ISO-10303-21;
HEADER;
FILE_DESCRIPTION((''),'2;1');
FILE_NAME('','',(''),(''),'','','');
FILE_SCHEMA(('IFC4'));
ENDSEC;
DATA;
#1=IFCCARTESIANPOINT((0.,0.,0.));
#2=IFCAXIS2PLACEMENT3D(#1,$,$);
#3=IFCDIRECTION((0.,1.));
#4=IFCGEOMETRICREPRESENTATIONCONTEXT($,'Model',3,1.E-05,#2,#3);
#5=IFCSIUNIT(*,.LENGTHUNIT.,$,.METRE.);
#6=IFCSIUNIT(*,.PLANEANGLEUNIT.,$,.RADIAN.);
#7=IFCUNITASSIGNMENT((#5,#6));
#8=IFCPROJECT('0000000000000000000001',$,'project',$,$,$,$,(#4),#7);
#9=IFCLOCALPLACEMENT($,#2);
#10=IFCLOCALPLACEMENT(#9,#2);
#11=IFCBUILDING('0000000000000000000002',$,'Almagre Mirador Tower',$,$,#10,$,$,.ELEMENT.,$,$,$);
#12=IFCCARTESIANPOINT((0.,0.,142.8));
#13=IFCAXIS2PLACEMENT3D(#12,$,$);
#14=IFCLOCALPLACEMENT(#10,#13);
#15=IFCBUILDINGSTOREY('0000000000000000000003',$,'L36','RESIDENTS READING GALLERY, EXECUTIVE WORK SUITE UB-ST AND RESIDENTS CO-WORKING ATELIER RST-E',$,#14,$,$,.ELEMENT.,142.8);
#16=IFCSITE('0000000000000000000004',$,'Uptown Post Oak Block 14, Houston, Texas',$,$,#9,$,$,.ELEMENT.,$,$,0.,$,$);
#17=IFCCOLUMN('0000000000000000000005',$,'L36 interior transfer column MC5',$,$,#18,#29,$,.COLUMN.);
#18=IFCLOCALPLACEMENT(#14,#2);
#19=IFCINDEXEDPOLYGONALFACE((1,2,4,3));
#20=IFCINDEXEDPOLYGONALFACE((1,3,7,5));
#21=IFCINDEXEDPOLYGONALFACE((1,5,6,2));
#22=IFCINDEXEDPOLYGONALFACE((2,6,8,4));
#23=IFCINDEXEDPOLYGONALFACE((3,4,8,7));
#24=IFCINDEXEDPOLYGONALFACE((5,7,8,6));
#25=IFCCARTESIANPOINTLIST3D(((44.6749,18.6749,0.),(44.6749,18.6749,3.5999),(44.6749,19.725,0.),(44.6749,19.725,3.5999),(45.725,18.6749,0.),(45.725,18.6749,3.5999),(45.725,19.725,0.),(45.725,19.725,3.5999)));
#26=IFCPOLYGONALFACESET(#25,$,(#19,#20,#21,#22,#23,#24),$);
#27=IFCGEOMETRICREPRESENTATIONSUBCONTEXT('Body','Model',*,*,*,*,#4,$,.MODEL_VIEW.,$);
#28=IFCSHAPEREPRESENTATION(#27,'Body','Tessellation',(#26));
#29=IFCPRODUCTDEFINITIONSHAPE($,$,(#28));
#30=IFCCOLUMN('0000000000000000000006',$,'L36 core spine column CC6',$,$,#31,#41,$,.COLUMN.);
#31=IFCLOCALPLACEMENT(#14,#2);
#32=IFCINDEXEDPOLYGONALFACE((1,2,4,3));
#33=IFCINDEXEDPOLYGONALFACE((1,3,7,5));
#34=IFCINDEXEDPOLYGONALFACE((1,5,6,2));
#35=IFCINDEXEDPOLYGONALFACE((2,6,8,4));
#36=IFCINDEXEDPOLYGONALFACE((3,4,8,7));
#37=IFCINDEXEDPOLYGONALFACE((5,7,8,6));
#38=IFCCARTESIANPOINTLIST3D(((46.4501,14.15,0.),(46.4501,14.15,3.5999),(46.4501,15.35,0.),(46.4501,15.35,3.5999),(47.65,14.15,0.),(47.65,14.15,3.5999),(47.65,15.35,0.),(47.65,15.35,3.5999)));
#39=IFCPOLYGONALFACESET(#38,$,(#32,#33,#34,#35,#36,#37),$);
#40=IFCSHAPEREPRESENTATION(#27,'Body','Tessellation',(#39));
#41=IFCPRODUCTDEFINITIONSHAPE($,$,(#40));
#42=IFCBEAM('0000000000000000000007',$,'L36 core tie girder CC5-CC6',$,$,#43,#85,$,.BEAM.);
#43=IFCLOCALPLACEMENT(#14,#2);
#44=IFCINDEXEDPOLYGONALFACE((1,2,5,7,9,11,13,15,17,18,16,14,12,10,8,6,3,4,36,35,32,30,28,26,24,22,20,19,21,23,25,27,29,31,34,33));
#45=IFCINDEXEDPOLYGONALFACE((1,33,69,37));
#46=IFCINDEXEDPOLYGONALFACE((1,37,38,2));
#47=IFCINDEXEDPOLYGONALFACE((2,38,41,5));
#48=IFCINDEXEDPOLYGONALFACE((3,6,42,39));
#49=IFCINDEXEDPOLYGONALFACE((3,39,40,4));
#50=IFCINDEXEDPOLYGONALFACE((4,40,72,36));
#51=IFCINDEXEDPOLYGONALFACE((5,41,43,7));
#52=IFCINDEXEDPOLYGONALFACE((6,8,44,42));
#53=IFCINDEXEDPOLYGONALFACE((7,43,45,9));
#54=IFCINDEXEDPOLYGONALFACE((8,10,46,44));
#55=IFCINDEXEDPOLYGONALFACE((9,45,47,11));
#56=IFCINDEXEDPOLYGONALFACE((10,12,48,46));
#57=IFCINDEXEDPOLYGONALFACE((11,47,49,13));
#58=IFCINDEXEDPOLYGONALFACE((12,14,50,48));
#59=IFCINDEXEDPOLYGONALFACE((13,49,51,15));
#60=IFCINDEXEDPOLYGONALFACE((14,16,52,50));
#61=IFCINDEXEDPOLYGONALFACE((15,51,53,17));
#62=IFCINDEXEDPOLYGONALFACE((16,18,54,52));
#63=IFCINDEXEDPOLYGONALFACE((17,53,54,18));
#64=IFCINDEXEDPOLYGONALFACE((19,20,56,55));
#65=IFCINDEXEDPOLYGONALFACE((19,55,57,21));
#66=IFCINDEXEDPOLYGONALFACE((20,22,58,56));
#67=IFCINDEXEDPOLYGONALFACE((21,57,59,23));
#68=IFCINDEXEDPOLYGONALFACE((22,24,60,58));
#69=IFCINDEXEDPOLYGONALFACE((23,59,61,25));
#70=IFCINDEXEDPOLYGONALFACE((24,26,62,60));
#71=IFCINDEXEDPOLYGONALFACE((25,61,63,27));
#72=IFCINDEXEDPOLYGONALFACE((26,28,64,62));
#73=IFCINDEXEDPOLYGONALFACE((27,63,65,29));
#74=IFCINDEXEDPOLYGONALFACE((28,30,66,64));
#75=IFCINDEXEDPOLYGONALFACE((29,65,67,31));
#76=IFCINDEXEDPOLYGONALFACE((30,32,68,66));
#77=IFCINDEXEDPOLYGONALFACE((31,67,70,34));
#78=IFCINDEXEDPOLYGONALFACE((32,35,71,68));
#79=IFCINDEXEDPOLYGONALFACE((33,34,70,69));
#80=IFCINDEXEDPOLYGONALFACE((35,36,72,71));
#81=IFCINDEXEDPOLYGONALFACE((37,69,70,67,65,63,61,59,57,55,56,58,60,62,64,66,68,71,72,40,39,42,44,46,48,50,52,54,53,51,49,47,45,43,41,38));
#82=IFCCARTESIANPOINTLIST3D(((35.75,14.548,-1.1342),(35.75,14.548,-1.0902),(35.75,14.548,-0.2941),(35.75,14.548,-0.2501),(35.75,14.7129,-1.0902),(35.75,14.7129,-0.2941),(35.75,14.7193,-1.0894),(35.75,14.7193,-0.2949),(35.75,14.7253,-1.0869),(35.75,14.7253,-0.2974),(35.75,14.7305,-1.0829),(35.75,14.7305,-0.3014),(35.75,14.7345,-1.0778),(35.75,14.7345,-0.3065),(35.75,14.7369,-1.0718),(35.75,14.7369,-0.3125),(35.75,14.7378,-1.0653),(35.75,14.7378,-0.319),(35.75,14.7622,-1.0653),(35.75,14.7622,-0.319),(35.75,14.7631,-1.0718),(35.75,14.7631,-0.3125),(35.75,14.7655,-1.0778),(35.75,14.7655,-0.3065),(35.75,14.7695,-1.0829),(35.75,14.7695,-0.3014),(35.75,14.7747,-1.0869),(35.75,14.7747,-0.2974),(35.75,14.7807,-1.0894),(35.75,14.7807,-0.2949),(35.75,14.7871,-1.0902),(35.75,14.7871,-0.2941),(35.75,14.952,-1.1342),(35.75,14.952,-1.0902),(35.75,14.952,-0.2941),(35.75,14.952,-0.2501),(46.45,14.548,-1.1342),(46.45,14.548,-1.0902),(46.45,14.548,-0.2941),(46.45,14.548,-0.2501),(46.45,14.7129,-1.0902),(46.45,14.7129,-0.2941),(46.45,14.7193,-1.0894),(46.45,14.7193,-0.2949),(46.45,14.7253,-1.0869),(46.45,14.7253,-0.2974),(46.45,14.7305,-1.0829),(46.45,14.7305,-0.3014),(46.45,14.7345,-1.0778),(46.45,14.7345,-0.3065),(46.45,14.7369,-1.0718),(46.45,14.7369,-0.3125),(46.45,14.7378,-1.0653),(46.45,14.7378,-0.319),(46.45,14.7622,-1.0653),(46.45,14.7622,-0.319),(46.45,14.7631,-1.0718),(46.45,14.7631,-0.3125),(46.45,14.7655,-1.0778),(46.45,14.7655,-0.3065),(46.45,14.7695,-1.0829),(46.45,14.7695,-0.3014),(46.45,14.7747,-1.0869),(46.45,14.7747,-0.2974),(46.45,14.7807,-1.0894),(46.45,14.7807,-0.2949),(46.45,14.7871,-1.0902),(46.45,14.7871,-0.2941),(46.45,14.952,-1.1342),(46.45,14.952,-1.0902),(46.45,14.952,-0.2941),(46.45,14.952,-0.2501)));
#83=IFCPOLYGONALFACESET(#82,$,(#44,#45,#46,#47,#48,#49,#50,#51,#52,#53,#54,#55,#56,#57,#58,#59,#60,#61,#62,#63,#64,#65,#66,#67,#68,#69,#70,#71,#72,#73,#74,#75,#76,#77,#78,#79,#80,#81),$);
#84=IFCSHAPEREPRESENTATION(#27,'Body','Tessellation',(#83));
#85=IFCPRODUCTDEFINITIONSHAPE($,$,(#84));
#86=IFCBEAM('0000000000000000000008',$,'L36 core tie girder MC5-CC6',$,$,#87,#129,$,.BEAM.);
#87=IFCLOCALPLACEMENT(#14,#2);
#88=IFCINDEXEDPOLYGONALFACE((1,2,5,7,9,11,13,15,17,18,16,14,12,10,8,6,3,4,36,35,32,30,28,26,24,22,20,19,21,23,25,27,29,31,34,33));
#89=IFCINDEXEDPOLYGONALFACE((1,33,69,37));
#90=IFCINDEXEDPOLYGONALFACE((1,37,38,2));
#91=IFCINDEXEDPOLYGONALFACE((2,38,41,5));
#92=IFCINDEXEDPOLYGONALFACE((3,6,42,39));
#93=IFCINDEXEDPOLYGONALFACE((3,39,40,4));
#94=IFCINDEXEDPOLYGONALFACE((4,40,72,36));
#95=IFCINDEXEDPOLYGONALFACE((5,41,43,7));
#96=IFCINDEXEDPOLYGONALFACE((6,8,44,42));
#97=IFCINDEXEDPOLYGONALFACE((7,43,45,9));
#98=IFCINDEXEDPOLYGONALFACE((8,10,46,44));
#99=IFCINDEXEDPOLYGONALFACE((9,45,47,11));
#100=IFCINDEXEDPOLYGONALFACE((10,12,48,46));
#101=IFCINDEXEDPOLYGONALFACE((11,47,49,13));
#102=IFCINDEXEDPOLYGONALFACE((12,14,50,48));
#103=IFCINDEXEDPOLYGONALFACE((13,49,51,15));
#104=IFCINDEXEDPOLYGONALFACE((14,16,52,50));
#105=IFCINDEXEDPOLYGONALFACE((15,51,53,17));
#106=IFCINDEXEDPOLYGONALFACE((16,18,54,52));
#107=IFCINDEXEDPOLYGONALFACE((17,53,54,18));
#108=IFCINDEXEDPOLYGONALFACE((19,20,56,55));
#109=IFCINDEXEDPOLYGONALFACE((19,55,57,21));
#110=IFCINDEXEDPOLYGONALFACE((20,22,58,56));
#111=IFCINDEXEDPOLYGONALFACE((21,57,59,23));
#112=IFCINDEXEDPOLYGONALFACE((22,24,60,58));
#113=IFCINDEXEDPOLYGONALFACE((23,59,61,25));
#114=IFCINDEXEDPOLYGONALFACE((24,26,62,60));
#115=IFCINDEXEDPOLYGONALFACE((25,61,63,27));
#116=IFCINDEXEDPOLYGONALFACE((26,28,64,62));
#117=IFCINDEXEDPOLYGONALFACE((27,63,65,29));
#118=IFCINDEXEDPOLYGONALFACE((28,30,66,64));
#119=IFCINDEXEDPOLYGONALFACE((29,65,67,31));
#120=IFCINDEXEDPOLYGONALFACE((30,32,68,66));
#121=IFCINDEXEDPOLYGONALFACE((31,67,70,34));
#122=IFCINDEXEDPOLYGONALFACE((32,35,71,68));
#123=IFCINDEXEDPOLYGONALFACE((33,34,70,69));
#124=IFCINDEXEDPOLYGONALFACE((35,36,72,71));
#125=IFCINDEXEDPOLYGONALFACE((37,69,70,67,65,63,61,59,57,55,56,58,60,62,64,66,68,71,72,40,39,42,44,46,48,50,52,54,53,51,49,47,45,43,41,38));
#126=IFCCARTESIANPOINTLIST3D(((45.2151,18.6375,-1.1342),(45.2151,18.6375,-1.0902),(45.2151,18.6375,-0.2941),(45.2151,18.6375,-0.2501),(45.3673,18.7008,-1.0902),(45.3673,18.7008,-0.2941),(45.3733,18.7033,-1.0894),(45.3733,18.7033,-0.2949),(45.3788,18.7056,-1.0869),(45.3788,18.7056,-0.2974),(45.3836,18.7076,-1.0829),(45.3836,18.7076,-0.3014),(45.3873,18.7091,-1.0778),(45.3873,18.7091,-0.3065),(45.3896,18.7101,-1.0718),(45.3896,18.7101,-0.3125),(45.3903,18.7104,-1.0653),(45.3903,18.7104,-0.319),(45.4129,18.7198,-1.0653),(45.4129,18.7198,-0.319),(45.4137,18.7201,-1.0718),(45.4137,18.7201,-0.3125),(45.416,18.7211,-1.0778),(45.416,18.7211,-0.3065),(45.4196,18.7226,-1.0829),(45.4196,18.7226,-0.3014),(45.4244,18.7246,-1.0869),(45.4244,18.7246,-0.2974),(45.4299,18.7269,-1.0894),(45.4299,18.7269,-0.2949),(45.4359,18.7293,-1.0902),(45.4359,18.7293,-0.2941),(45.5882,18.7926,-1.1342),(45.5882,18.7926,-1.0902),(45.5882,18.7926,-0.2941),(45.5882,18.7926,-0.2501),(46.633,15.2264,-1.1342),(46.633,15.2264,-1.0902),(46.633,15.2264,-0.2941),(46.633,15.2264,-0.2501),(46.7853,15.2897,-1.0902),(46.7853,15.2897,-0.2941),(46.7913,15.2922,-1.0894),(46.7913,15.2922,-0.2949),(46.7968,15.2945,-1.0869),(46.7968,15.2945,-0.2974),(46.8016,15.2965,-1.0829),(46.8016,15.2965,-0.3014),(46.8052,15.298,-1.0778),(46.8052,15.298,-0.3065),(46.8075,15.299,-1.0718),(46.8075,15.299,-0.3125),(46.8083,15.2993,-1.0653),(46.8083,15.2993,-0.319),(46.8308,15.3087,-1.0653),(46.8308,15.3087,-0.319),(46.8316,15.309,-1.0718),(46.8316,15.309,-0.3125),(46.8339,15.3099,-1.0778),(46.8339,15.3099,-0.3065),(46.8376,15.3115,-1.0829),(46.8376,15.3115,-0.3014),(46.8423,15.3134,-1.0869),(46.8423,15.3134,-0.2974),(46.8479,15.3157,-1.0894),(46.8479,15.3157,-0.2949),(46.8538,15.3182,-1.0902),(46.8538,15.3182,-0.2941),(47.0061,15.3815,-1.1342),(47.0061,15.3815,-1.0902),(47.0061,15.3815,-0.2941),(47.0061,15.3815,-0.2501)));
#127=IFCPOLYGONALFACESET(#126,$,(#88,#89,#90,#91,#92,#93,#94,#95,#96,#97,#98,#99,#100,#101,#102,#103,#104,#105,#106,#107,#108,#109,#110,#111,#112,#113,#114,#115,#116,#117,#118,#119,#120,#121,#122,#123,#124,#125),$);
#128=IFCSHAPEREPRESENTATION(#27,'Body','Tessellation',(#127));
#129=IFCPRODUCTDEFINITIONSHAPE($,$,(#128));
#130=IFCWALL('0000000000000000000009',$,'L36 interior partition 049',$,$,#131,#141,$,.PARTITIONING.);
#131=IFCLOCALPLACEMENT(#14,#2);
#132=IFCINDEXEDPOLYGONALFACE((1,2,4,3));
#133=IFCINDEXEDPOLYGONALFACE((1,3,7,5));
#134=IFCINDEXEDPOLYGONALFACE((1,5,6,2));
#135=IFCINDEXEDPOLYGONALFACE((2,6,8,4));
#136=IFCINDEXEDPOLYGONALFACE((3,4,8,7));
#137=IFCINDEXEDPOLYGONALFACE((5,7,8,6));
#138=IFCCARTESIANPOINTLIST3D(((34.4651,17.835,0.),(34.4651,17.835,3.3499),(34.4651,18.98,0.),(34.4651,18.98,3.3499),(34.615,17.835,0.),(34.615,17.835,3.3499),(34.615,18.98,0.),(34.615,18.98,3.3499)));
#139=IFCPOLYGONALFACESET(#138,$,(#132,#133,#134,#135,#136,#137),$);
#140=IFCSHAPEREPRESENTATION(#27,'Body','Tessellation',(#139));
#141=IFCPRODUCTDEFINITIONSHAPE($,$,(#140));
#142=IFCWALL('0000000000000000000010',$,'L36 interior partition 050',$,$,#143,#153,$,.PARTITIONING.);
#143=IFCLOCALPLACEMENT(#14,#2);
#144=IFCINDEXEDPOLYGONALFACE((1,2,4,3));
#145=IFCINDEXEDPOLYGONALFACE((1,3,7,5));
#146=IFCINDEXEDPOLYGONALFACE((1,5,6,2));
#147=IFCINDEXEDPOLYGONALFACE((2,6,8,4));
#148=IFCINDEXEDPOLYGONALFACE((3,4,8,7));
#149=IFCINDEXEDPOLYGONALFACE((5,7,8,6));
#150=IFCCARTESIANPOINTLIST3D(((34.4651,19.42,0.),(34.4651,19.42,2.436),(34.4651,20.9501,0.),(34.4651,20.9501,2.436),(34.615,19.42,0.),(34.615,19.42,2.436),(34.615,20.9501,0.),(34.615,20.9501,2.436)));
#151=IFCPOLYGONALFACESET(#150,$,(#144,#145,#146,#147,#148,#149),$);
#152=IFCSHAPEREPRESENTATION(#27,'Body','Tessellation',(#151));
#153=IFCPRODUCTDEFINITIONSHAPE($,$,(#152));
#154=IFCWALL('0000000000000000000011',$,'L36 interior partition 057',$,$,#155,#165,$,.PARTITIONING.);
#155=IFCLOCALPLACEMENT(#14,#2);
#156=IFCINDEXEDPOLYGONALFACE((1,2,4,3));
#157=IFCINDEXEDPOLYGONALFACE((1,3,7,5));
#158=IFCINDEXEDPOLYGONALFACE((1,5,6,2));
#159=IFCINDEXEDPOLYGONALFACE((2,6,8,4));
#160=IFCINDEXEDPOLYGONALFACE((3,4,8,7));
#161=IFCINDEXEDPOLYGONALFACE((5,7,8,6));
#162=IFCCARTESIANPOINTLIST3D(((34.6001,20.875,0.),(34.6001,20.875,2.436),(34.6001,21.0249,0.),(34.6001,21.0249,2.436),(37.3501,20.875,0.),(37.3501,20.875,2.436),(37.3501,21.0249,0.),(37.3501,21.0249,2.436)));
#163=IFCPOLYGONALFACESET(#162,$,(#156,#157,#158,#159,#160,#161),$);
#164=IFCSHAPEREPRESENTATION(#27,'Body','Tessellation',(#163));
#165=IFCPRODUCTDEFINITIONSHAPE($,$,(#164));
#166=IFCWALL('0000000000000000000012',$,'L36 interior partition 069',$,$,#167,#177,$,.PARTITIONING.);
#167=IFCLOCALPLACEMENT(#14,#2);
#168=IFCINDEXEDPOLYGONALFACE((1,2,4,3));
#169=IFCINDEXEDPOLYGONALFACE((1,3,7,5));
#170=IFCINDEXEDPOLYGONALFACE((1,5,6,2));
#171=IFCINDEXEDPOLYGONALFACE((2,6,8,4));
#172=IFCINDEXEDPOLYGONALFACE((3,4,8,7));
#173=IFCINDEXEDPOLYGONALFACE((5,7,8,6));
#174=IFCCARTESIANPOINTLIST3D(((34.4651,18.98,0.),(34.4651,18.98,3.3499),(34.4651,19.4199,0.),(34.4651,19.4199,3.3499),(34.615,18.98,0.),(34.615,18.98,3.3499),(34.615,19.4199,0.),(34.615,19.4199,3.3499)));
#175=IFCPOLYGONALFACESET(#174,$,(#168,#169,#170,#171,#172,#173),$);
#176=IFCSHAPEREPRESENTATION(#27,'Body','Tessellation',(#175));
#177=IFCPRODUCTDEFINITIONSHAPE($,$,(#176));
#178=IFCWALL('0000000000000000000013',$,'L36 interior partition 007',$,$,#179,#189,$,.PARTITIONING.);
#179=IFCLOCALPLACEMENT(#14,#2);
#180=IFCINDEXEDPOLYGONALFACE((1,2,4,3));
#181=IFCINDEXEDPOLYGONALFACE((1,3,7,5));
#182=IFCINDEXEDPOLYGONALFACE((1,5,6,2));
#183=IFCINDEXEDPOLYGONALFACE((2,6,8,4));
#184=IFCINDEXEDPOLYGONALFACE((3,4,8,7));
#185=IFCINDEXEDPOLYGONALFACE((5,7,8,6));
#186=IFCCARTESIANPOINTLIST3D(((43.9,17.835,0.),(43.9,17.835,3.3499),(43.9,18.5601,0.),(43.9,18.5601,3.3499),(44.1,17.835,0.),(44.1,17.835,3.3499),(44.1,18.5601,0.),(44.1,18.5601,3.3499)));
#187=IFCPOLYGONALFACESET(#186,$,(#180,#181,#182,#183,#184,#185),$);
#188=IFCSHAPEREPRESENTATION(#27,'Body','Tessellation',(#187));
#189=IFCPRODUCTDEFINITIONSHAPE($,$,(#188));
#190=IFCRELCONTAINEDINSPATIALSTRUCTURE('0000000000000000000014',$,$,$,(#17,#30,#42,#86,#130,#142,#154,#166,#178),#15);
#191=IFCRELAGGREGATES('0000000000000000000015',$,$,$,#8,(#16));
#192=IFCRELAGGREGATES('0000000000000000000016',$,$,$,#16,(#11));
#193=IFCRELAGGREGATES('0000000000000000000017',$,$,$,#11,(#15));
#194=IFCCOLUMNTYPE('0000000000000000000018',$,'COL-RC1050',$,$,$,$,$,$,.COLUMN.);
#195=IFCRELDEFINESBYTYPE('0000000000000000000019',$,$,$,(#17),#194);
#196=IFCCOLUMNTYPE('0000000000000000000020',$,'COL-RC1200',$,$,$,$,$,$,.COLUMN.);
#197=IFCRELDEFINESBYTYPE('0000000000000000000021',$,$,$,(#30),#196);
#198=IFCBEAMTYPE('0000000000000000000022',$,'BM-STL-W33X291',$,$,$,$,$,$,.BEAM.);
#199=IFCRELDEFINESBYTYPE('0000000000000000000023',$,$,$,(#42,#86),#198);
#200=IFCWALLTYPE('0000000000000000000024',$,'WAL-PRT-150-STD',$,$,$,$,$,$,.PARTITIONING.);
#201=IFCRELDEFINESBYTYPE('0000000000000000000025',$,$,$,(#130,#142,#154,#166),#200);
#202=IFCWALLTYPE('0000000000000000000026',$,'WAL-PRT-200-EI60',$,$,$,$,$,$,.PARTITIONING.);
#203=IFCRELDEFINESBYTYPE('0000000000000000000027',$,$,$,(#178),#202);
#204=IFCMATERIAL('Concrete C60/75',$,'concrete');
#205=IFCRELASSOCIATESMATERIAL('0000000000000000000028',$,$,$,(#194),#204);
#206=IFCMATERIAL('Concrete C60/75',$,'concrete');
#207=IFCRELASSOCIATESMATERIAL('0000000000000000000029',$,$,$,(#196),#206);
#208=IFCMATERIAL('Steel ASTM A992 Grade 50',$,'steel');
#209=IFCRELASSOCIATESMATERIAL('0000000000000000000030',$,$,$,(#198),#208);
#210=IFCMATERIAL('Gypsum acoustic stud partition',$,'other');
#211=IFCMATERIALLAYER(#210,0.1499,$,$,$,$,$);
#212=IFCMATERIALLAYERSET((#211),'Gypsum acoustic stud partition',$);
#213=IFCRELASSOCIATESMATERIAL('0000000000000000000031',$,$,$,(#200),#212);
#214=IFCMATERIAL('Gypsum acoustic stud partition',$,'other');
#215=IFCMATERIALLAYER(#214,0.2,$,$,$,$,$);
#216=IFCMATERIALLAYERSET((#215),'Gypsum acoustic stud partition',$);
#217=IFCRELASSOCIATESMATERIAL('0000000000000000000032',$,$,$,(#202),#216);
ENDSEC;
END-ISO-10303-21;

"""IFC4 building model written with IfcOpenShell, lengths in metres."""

from ifc_helpers import new_model, si_unit, direction, frame, frame_2d, origin, origin_2d, place, context, subcontext, project, spatial, rectangle, i_section, extrude, material, layer, layer_set, material_profile, profile_set, type_object, element, save


model = new_model("IFC4")

# Units and contexts
model_context = context("Model", 3, precision=1e-05, world=origin(), true_north=direction((0.0, 1.0)))
body_context = subcontext(model_context, "Body", "Model", "MODEL_VIEW")
ifc_project = project(units=[si_unit("LENGTHUNIT", "METRE"), si_unit("PLANEANGLEUNIT", "RADIAN")], contexts=[model_context])

# Site, building, storey
site_placement = place(None, origin())
site = spatial("IfcSite", under=ifc_project, at=site_placement, Name="Uptown Post Oak Block 14, Houston, Texas", CompositionType="ELEMENT", RefElevation=0.0)
building_placement = place(site_placement, origin())
building = spatial("IfcBuilding", under=site, at=building_placement, Name="Almagre Mirador Tower", CompositionType="ELEMENT")
storey_placement = place(building_placement, frame((0.0, 0.0, 142.8)))
storey = spatial("IfcBuildingStorey", under=building, at=storey_placement, Name="L36", Description="RESIDENTS READING GALLERY, EXECUTIVE WORK SUITE UB-ST AND RESIDENTS CO-WORKING ATELIER RST-E", CompositionType="ELEMENT", Elevation=142.8)

# Columns
ifc_material_1 = material(Name="Concrete C60/75", Category="concrete")
ifc_material_profile_1 = material_profile(ifc_material_1, rectangle(XDim=1.05, YDim=1.05, at=origin_2d()), Name="RC1050X1050")
ifc_profile_set_1 = profile_set([ifc_material_profile_1], Name="Concrete C60/75")
column_type_1 = type_object("IfcColumnType", Name="COL-RC1050", PredefinedType="COLUMN", material=ifc_profile_set_1)
column_1_placement = place(storey_placement, frame((45.2, 19.2, 0.0), z_axis=(0.0, 0.0, 1.0), x_axis=(1.0, 0.0, 0.0)))
element("IfcColumn", 1, at=column_1_placement, inside=storey, type_object=column_type_1, Name="L36 interior transfer column MC5", PredefinedType="COLUMN", context=body_context, shape_type="SweptSolid", body=[
    extrude(rectangle(XDim=1.05, YDim=1.05, at=origin_2d()), origin(), (0.0, 0.0, 1.0), 3.5999),
])
ifc_material_2 = material(Name="Concrete C60/75", Category="concrete")
ifc_material_profile_2 = material_profile(ifc_material_2, rectangle(XDim=1.2, YDim=1.2, at=origin_2d()), Name="RC1200X1200")
ifc_profile_set_2 = profile_set([ifc_material_profile_2], Name="Concrete C60/75")
column_type_2 = type_object("IfcColumnType", Name="COL-RC1200", PredefinedType="COLUMN", material=ifc_profile_set_2)
column_2_placement = place(storey_placement, frame((47.05, 14.75, 0.0), z_axis=(0.0, 0.0, 1.0), x_axis=(1.0, 0.0, 0.0)))
element("IfcColumn", 2, at=column_2_placement, inside=storey, type_object=column_type_2, Name="L36 core spine column CC6", PredefinedType="COLUMN", context=body_context, shape_type="SweptSolid", body=[
    extrude(rectangle(XDim=1.2, YDim=1.2, at=origin_2d()), origin(), (0.0, 0.0, 1.0), 3.5999),
])

# Beams
ifc_material_3 = material(Name="Steel ASTM A992 Grade 50", Category="steel")
ifc_material_profile_3 = material_profile(ifc_material_3, i_section(OverallWidth=0.4041, OverallDepth=0.884, WebThickness=0.0244, FlangeThickness=0.0439, FilletRadius=0.0249, at=origin_2d()), Name="W33X291")
ifc_profile_set_3 = profile_set([ifc_material_profile_3], Name="Steel ASTM A992 Grade 50")
beam_type = type_object("IfcBeamType", Name="BM-STL-W33X291", PredefinedType="BEAM", material=ifc_profile_set_3)
beam_1_placement = place(storey_placement, frame((35.75, 14.75, -0.6921), z_axis=(1.0, 0.0, 0.0), x_axis=(0.0, 1.0, 0.0)))
element("IfcBeam", 3, at=beam_1_placement, inside=storey, type_object=beam_type, Name="L36 core tie girder CC5-CC6", PredefinedType="BEAM", context=body_context, shape_type="SweptSolid", body=[
    extrude(i_section(OverallWidth=0.4041, OverallDepth=0.884, WebThickness=0.0244, FlangeThickness=0.0439, FilletRadius=0.0249, at=origin_2d()), origin(), (0.0, 0.0, 1.0), 10.7),
])
beam_2_placement = place(storey_placement, frame((45.4016, 18.7151, -0.6921), z_axis=(0.383846, -0.923397, 0.0), x_axis=(0.923397, 0.383846, 0.0)))
element("IfcBeam", 4, at=beam_2_placement, inside=storey, type_object=beam_type, Name="L36 core tie girder MC5-CC6", PredefinedType="BEAM", context=body_context, shape_type="SweptSolid", body=[
    extrude(i_section(OverallWidth=0.4041, OverallDepth=0.884, WebThickness=0.0244, FlangeThickness=0.0439, FilletRadius=0.0249, at=origin_2d()), origin(), (0.0, 0.0, 1.0), 3.6941),
])

# Walls
ifc_material_4 = material(Name="Gypsum acoustic stud partition", Category="other")
ifc_layer_1 = layer(ifc_material_4, 0.1499)
ifc_layer_set_1 = layer_set([ifc_layer_1], Name="Gypsum acoustic stud partition")
wall_type_1 = type_object("IfcWallType", Name="WAL-PRT-150-STD", PredefinedType="PARTITIONING", material=ifc_layer_set_1)
wall_1_placement = place(storey_placement, frame((34.54, 17.835, 0.0), z_axis=(0.0, 0.0, 1.0), x_axis=(0.0, 1.0, 0.0)))
element("IfcWall", 5, at=wall_1_placement, inside=storey, type_object=wall_type_1, Name="L36 interior partition 049", PredefinedType="PARTITIONING", context=body_context, shape_type="SweptSolid", body=[
    extrude(rectangle(XDim=1.145, YDim=0.1499, at=frame_2d((0.5725, 0.0))), origin(), (0.0, 0.0, 1.0), 3.3499),
])
wall_2_placement = place(storey_placement, frame((34.54, 19.4199, 0.0), z_axis=(0.0, 0.0, 1.0), x_axis=(0.0, 1.0, 0.0)))
element("IfcWall", 6, at=wall_2_placement, inside=storey, type_object=wall_type_1, Name="L36 interior partition 050", PredefinedType="PARTITIONING", context=body_context, shape_type="SweptSolid", body=[
    extrude(rectangle(XDim=1.53, YDim=0.1499, at=frame_2d((0.7651, 0.0))), origin(), (0.0, 0.0, 1.0), 2.436),
])
wall_3_placement = place(storey_placement, frame((37.3501, 20.95, 0.0), z_axis=(0.0, 0.0, 1.0), x_axis=(-1.0, 0.0, 0.0)))
element("IfcWall", 7, at=wall_3_placement, inside=storey, type_object=wall_type_1, Name="L36 interior partition 057", PredefinedType="PARTITIONING", context=body_context, shape_type="SweptSolid", body=[
    extrude(rectangle(XDim=2.75, YDim=0.1499, at=frame_2d((1.375, 0.0))), origin(), (0.0, 0.0, 1.0), 2.436),
])
wall_4_placement = place(storey_placement, frame((34.54, 19.4199, 0.0), z_axis=(0.0, 0.0, 1.0), x_axis=(0.0, -1.0, 0.0)))
element("IfcWall", 8, at=wall_4_placement, inside=storey, type_object=wall_type_1, Name="L36 interior partition 069", PredefinedType="PARTITIONING", context=body_context, shape_type="SweptSolid", body=[
    extrude(rectangle(XDim=0.4399, YDim=0.1499, at=frame_2d((0.22, 0.0))), origin(), (0.0, 0.0, 1.0), 3.3499),
])
ifc_material_5 = material(Name="Gypsum acoustic stud partition", Category="other")
ifc_layer_2 = layer(ifc_material_5, 0.2)
ifc_layer_set_2 = layer_set([ifc_layer_2], Name="Gypsum acoustic stud partition")
wall_type_2 = type_object("IfcWallType", Name="WAL-PRT-200-EI60", PredefinedType="PARTITIONING", material=ifc_layer_set_2)
wall_5_placement = place(storey_placement, frame((44.0, 17.835, 0.0), z_axis=(0.0, 0.0, 1.0), x_axis=(0.0, 1.0, 0.0)))
element("IfcWall", 9, at=wall_5_placement, inside=storey, type_object=wall_type_2, Name="L36 interior partition 007", PredefinedType="PARTITIONING", context=body_context, shape_type="SweptSolid", body=[
    extrude(rectangle(XDim=0.7251, YDim=0.2, at=frame_2d((0.3625, 0.0))), origin(), (0.0, 0.0, 1.0), 3.3499),
])

save(model, "model.ifc")
